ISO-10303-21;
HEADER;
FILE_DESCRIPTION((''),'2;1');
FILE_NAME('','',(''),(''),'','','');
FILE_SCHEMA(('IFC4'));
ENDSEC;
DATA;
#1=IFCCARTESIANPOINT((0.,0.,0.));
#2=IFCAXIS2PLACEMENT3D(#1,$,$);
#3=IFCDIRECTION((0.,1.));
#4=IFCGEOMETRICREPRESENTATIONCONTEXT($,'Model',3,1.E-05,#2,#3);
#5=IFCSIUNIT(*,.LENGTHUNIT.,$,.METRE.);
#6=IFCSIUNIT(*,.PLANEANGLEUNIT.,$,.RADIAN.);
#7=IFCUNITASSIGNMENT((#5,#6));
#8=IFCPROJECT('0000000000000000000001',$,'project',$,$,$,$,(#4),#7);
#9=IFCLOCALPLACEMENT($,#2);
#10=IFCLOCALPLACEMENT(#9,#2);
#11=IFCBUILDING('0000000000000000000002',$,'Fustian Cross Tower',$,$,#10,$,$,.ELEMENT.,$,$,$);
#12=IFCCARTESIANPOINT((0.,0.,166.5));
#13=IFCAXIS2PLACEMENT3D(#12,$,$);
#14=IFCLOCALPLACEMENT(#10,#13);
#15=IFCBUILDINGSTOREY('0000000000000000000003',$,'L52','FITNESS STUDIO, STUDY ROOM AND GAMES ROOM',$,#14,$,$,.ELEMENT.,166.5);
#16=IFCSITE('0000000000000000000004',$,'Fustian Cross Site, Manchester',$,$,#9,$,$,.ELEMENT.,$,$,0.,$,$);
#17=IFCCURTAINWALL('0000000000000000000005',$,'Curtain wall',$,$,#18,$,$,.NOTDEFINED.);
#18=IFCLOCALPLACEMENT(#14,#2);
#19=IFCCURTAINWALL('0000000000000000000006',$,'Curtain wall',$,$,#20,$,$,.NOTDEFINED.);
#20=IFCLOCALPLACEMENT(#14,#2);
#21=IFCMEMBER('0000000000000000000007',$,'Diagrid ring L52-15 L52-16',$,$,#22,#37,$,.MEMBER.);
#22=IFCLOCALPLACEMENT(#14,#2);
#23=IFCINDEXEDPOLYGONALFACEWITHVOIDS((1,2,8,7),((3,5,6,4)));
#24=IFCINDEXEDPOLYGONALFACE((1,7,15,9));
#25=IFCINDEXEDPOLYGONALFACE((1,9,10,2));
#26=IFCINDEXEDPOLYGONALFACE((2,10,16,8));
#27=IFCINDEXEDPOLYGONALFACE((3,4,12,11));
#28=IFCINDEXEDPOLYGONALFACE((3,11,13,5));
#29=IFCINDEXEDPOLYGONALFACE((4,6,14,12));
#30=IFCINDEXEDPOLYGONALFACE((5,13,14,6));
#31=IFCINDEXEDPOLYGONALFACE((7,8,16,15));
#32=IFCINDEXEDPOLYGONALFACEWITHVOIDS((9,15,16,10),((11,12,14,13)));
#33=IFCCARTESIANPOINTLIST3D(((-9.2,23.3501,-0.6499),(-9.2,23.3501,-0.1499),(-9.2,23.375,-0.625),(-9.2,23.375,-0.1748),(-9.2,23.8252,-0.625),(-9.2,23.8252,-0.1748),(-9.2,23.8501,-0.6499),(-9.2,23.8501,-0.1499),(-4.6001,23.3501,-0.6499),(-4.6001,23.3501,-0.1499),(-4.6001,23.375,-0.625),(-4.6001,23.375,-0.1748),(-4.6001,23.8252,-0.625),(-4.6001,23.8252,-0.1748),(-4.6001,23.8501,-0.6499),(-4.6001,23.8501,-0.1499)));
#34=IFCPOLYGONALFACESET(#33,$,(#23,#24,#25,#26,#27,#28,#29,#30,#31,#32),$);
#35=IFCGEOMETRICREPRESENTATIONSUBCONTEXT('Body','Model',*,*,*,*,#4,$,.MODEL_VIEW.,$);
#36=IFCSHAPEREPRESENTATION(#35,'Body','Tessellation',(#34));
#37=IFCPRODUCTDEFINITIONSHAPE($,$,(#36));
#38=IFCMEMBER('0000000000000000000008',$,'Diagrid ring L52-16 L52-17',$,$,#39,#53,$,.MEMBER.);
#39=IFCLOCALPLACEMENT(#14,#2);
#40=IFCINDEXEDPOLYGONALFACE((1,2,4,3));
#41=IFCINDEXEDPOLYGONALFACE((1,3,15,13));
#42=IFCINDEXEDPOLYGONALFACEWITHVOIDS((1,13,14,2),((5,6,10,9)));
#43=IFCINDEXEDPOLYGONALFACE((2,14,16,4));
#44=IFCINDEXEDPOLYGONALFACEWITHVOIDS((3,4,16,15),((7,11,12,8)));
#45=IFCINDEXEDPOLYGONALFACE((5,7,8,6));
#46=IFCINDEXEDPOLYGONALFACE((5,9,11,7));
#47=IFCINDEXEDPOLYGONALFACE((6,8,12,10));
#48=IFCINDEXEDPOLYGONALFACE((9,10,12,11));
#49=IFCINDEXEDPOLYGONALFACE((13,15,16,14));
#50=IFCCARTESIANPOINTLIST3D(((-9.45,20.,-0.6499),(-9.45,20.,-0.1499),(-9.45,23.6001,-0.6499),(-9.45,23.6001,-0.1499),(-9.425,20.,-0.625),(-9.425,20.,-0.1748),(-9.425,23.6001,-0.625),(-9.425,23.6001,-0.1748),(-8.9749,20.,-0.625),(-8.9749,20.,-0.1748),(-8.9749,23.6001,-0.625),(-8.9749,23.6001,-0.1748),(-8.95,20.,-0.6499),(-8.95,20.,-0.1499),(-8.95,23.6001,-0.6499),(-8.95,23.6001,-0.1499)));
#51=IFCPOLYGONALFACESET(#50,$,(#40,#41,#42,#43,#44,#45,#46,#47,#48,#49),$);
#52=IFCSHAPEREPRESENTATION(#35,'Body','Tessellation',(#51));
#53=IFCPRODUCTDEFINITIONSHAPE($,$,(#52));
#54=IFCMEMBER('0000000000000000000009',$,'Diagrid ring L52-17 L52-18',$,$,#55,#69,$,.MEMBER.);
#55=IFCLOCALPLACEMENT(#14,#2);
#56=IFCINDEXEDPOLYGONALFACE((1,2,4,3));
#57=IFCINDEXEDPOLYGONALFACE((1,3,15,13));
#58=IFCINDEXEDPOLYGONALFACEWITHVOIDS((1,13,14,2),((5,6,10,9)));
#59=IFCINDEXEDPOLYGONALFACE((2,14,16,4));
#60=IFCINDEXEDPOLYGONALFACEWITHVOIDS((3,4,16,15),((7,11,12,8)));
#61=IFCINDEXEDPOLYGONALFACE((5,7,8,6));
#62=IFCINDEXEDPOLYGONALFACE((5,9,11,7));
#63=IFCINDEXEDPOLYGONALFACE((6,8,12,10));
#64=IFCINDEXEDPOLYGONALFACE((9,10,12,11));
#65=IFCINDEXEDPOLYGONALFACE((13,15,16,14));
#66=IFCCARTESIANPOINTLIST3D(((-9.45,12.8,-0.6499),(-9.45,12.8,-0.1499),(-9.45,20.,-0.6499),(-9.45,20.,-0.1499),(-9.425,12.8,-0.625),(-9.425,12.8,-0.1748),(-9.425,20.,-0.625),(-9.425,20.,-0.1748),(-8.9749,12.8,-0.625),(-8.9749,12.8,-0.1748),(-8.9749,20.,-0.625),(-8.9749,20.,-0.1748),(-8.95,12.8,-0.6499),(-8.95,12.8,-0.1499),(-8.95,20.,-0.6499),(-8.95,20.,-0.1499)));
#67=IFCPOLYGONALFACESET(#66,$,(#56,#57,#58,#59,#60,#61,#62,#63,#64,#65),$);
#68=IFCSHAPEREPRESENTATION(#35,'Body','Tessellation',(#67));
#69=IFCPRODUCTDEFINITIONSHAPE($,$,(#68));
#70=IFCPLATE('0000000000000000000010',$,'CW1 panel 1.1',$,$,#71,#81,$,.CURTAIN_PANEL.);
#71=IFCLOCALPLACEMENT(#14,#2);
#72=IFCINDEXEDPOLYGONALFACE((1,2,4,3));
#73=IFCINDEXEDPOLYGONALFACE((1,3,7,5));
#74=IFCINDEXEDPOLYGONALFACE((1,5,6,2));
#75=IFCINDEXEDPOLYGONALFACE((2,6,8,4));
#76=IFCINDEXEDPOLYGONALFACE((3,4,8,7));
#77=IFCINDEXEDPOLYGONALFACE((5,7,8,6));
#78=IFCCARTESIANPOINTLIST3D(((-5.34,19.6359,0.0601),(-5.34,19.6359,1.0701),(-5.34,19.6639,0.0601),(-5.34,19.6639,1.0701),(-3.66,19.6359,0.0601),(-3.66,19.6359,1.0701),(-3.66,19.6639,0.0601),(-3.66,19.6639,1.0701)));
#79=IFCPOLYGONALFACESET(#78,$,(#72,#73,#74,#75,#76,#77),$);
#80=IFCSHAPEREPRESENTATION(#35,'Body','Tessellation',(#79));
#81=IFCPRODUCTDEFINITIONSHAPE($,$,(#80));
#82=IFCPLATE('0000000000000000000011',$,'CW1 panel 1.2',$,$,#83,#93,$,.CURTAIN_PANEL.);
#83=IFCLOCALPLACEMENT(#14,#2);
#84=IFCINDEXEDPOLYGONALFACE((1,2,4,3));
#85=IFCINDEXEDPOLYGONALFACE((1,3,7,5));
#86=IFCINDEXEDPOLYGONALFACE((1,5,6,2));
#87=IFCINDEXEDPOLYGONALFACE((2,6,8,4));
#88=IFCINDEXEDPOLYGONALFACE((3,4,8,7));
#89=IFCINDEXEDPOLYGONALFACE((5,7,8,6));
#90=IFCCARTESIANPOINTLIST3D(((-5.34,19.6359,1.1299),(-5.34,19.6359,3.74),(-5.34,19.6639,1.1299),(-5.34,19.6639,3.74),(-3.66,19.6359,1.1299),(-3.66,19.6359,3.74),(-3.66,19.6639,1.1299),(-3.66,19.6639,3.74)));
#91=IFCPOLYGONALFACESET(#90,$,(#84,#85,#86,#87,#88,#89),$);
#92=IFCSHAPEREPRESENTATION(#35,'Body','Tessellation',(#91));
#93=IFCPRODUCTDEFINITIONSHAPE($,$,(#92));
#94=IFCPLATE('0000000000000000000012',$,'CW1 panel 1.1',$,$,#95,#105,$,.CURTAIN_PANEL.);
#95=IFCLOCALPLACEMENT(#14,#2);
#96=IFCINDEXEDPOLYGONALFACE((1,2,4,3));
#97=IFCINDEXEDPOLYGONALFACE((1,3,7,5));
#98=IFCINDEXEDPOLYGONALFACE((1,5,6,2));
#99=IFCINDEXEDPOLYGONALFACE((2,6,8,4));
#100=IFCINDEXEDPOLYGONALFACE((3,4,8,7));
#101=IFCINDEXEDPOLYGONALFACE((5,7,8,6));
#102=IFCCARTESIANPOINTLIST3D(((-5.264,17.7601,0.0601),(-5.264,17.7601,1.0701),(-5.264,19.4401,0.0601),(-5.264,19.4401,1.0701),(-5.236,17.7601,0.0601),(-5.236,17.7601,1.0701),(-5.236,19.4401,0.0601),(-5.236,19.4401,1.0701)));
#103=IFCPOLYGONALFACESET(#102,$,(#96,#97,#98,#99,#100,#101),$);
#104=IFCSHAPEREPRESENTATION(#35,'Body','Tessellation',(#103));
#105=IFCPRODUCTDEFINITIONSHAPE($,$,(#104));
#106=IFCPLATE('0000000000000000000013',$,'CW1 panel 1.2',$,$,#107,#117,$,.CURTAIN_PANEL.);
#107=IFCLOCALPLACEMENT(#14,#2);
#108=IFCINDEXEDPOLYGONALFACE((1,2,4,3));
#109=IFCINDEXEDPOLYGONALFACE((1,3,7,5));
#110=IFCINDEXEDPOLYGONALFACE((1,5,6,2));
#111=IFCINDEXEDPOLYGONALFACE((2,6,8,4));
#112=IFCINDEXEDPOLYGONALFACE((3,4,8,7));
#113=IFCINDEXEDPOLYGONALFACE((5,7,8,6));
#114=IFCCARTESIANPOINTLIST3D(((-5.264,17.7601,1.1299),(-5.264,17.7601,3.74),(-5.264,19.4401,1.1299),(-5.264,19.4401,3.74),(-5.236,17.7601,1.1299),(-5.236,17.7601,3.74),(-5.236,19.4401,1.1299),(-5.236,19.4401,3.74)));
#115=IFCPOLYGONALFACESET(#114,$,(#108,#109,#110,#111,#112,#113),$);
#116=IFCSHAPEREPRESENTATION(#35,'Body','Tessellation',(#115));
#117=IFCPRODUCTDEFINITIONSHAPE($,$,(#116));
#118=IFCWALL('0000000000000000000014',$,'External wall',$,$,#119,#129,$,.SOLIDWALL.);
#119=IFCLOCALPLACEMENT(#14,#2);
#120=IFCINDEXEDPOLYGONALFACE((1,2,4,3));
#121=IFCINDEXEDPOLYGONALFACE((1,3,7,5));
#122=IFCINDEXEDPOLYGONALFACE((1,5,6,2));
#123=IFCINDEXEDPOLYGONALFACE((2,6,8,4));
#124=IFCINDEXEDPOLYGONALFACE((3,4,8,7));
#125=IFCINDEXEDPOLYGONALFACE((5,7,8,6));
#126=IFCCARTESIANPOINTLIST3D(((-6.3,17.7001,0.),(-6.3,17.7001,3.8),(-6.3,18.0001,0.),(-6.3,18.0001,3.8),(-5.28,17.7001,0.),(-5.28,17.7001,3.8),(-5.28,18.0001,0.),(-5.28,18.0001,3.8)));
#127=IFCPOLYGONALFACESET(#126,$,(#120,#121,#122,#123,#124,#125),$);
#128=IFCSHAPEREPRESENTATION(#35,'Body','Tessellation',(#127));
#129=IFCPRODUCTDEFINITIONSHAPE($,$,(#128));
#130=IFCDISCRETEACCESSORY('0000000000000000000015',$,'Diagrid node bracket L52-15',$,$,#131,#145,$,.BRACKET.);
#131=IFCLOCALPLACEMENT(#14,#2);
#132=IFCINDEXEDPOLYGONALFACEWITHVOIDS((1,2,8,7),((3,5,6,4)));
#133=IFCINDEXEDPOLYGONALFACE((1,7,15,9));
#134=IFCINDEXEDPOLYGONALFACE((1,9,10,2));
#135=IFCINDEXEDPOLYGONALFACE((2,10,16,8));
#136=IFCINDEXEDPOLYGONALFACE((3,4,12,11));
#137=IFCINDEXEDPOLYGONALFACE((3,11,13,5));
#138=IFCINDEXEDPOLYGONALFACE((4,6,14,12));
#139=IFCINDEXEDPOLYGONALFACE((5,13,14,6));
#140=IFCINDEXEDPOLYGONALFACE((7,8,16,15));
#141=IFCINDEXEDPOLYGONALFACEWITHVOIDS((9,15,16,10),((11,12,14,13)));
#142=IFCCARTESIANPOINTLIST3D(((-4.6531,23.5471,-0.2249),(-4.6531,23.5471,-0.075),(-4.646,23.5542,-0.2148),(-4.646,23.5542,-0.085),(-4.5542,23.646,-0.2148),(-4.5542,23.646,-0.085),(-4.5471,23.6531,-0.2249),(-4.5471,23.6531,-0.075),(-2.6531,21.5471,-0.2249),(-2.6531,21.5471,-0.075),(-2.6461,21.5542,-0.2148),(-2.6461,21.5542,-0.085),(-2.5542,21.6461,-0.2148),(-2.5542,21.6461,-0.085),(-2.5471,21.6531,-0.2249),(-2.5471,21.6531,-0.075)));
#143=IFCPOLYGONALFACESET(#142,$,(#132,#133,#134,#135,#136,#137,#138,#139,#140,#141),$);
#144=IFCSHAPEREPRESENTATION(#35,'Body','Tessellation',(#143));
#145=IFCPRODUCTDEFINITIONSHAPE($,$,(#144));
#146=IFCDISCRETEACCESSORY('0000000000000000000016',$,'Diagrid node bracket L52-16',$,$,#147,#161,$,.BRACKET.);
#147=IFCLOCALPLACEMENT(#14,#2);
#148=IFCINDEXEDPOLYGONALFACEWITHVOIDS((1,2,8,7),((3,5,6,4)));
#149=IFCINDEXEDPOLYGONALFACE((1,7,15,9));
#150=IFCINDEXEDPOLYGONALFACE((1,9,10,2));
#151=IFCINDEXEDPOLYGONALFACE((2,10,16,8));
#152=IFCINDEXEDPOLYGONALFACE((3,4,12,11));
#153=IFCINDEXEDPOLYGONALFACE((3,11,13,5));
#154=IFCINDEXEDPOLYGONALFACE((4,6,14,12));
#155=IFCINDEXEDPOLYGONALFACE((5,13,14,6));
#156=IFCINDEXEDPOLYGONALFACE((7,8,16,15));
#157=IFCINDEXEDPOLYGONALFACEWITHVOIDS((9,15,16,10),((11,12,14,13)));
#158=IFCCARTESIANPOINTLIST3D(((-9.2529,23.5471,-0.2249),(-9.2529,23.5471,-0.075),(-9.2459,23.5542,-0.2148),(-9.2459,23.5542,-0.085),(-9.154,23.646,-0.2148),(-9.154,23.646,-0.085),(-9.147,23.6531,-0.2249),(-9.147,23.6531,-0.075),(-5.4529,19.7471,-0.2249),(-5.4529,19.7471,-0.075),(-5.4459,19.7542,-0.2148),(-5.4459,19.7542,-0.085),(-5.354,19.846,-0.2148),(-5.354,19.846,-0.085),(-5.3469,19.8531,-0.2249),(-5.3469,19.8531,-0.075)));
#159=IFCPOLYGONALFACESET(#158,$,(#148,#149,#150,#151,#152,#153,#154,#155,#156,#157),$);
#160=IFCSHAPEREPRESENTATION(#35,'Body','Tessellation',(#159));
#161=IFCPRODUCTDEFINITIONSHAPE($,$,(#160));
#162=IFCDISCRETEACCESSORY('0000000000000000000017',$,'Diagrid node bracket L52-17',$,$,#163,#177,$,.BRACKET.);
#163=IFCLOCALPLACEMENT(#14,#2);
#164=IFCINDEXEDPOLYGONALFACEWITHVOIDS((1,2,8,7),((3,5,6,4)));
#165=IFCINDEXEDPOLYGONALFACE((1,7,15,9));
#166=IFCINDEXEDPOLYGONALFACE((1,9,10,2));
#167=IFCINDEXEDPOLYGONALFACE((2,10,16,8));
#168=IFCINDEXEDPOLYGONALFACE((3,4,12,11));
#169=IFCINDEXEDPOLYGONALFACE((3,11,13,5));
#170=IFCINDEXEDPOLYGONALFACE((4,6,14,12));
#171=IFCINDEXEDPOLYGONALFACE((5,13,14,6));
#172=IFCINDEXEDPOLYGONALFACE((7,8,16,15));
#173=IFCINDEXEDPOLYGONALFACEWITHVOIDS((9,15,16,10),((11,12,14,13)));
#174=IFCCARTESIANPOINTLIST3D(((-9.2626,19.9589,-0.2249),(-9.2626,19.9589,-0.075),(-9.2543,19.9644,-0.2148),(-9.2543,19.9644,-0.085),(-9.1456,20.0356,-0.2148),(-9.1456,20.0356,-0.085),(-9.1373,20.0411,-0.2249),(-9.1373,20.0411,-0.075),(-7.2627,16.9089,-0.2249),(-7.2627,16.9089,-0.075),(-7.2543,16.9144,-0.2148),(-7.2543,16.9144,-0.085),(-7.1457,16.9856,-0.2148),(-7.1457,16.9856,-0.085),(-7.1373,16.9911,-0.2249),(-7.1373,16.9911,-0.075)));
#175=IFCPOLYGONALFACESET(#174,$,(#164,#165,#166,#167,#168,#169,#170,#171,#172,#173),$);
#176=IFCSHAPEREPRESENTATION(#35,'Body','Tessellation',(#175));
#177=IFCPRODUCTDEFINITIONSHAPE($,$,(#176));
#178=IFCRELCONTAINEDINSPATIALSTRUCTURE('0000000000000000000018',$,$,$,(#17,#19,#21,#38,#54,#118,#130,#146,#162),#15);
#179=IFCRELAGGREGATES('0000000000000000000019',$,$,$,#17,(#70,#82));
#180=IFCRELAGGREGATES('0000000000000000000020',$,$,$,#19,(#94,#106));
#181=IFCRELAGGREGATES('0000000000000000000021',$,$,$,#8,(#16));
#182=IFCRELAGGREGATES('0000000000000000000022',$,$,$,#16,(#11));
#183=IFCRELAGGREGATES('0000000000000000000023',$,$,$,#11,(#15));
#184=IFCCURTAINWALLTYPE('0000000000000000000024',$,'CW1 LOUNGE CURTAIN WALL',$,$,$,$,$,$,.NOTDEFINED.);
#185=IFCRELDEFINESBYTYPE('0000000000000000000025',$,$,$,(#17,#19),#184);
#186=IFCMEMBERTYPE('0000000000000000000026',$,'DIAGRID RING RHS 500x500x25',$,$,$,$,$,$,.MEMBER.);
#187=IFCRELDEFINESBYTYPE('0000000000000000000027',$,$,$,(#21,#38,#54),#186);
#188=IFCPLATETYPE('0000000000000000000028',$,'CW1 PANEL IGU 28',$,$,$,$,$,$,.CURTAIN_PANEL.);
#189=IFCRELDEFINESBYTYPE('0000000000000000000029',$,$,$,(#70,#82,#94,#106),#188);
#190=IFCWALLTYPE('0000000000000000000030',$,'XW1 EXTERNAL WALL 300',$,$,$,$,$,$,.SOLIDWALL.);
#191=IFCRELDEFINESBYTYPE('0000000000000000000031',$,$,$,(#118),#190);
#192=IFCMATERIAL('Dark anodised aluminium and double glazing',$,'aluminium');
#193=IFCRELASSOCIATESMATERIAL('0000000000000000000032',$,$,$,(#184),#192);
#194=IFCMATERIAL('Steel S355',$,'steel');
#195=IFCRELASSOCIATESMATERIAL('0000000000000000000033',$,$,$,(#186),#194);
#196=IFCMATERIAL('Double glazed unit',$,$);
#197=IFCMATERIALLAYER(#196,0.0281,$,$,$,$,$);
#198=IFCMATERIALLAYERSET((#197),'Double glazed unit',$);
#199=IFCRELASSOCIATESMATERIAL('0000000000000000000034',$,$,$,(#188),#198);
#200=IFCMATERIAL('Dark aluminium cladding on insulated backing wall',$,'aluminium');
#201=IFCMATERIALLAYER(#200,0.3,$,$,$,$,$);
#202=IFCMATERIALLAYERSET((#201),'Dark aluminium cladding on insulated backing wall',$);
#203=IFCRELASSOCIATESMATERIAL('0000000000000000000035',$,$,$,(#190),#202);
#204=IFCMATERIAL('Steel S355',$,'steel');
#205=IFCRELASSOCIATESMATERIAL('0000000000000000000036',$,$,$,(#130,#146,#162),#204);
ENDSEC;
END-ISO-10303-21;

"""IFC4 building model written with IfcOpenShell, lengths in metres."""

from ifc_helpers import new_model, si_unit, direction, frame, frame_2d, origin, origin_2d, place, context, subcontext, project, spatial, rectangle, hollow_rectangle, extrude, material, layer, layer_set, material_profile, profile_set, type_object, element, aggregate, save


model = new_model("IFC4")

# Units and contexts
model_context = context("Model", 3, precision=1e-05, world=origin(), true_north=direction((0.0, 1.0)))
body_context = subcontext(model_context, "Body", "Model", "MODEL_VIEW")
ifc_project = project(units=[si_unit("LENGTHUNIT", "METRE"), si_unit("PLANEANGLEUNIT", "RADIAN")], contexts=[model_context])

# Site, building, storey
site_placement = place(None, origin())
site = spatial("IfcSite", under=ifc_project, at=site_placement, Name="Fustian Cross Site, Manchester", CompositionType="ELEMENT", RefElevation=0.0)
building_placement = place(site_placement, origin())
building = spatial("IfcBuilding", under=site, at=building_placement, Name="Fustian Cross Tower", CompositionType="ELEMENT")
storey_placement = place(building_placement, frame((0.0, 0.0, 166.5)))
storey = spatial("IfcBuildingStorey", under=building, at=storey_placement, Name="L52", Description="FITNESS STUDIO, STUDY ROOM AND GAMES ROOM", CompositionType="ELEMENT", Elevation=166.5)

# Curtain wall
ifc_material_1 = material(Name="Dark anodised aluminium and double glazing", Category="aluminium")
curtain_wall_type = type_object("IfcCurtainWallType", Name="CW1 LOUNGE CURTAIN WALL", PredefinedType="NOTDEFINED", material=ifc_material_1)
curtain_wall_1_placement = place(storey_placement, origin())
curtain_wall_1 = element("IfcCurtainWall", 1, at=curtain_wall_1_placement, inside=storey, type_object=curtain_wall_type, Name="Curtain wall", PredefinedType="NOTDEFINED")

# Curtain wall
curtain_wall_2_placement = place(storey_placement, origin())
curtain_wall_2 = element("IfcCurtainWall", 2, at=curtain_wall_2_placement, inside=storey, type_object=curtain_wall_type, Name="Curtain wall", PredefinedType="NOTDEFINED")

# Members
ifc_material_2 = material(Name="Steel S355", Category="steel")
ifc_material_profile_1 = material_profile(ifc_material_2, hollow_rectangle(XDim=0.5, YDim=0.5, WallThickness=0.0249, at=origin_2d()), Name="RHS 500x500x25")
ifc_profile_set_1 = profile_set([ifc_material_profile_1], Name="Steel S355")
member_type_1 = type_object("IfcMemberType", Name="DIAGRID RING RHS 500x500x25", PredefinedType="MEMBER", material=ifc_profile_set_1)
member_1_placement = place(storey_placement, frame((-4.6001, 23.6001, -0.3999), z_axis=(-1.0, 0.0, 0.0), x_axis=(0.0, -1.0, 0.0)))
element("IfcMember", 3, at=member_1_placement, inside=storey, type_object=member_type_1, Name="Diagrid ring L52-15 L52-16", PredefinedType="MEMBER", context=body_context, shape_type="SweptSolid", body=[
    extrude(hollow_rectangle(XDim=0.5, YDim=0.5, WallThickness=0.0249, at=origin_2d()), origin(), (0.0, 0.0, 1.0), 4.5999),
])
member_2_placement = place(storey_placement, frame((-9.2, 23.6001, -0.3999), z_axis=(0.0, -1.0, 0.0), x_axis=(1.0, 0.0, 0.0)))
element("IfcMember", 4, at=member_2_placement, inside=storey, type_object=member_type_1, Name="Diagrid ring L52-16 L52-17", PredefinedType="MEMBER", context=body_context, shape_type="SweptSolid", body=[
    extrude(hollow_rectangle(XDim=0.5, YDim=0.5, WallThickness=0.0249, at=origin_2d()), origin(), (0.0, 0.0, 1.0), 3.6001),
])
member_3_placement = place(storey_placement, frame((-9.2, 20.0, -0.3999), z_axis=(0.0, -1.0, 0.0), x_axis=(1.0, 0.0, 0.0)))
element("IfcMember", 5, at=member_3_placement, inside=storey, type_object=member_type_1, Name="Diagrid ring L52-17 L52-18", PredefinedType="MEMBER", context=body_context, shape_type="SweptSolid", body=[
    extrude(hollow_rectangle(XDim=0.5, YDim=0.5, WallThickness=0.0249, at=origin_2d()), origin(), (0.0, 0.0, 1.0), 7.2),
])

# Plates
ifc_material_3 = material(Name="Double glazed unit")
ifc_layer_1 = layer(ifc_material_3, 0.0281)
ifc_layer_set_1 = layer_set([ifc_layer_1], Name="Double glazed unit")
plate_type = type_object("IfcPlateType", Name="CW1 PANEL IGU 28", PredefinedType="CURTAIN_PANEL", material=ifc_layer_set_1)
plate_1_placement = place(storey_placement, frame((-4.5, 19.6499, 0.0601), z_axis=(0.0, 0.0, 1.0), x_axis=(-1.0, 0.0, 0.0)))
plate_1 = element("IfcPlate", 6, at=plate_1_placement, type_object=plate_type, Name="CW1 panel 1.1", PredefinedType="CURTAIN_PANEL", context=body_context, shape_type="SweptSolid", body=[
    extrude(rectangle(XDim=1.6799, YDim=0.0281, at=origin_2d()), origin(), (0.0, 0.0, 1.0), 1.01),
])
plate_2_placement = place(storey_placement, frame((-4.5, 19.6499, 1.1299), z_axis=(0.0, 0.0, 1.0), x_axis=(-1.0, 0.0, 0.0)))
plate_2 = element("IfcPlate", 7, at=plate_2_placement, type_object=plate_type, Name="CW1 panel 1.2", PredefinedType="CURTAIN_PANEL", context=body_context, shape_type="SweptSolid", body=[
    extrude(rectangle(XDim=1.6799, YDim=0.0281, at=origin_2d()), origin(), (0.0, 0.0, 1.0), 2.6101),
])
aggregate(curtain_wall_1, [plate_1, plate_2])
plate_3_placement = place(storey_placement, frame((-5.25, 18.6001, 0.0601), z_axis=(0.0, 0.0, 1.0), x_axis=(0.0, -1.0, 0.0)))
plate_3 = element("IfcPlate", 8, at=plate_3_placement, type_object=plate_type, Name="CW1 panel 1.1", PredefinedType="CURTAIN_PANEL", context=body_context, shape_type="SweptSolid", body=[
    extrude(rectangle(XDim=1.6799, YDim=0.0281, at=origin_2d()), origin(), (0.0, 0.0, 1.0), 1.01),
])
plate_4_placement = place(storey_placement, frame((-5.25, 18.6001, 1.1299), z_axis=(0.0, 0.0, 1.0), x_axis=(0.0, -1.0, 0.0)))
plate_4 = element("IfcPlate", 9, at=plate_4_placement, type_object=plate_type, Name="CW1 panel 1.2", PredefinedType="CURTAIN_PANEL", context=body_context, shape_type="SweptSolid", body=[
    extrude(rectangle(XDim=1.6799, YDim=0.0281, at=origin_2d()), origin(), (0.0, 0.0, 1.0), 2.6101),
])
aggregate(curtain_wall_2, [plate_3, plate_4])

# Wall
ifc_material_4 = material(Name="Dark aluminium cladding on insulated backing wall", Category="aluminium")
ifc_layer_2 = layer(ifc_material_4, 0.3)
ifc_layer_set_2 = layer_set([ifc_layer_2], Name="Dark aluminium cladding on insulated backing wall")
wall_type = type_object("IfcWallType", Name="XW1 EXTERNAL WALL 300", PredefinedType="SOLIDWALL", material=ifc_layer_set_2)
wall_placement = place(storey_placement, frame((-5.28, 17.8501, 0.0), z_axis=(0.0, 0.0, 1.0), x_axis=(-1.0, 0.0, 0.0)))
element("IfcWall", 10, at=wall_placement, inside=storey, type_object=wall_type, Name="External wall", PredefinedType="SOLIDWALL", context=body_context, shape_type="SweptSolid", body=[
    extrude(rectangle(XDim=1.02, YDim=0.3, at=frame_2d((0.51, 0.0))), origin(), (0.0, 0.0, 1.0), 3.8),
])

# Discrete accessories
ifc_material_5 = material(Name="Steel S355", Category="steel")
discrete_accessory_1_placement = place(storey_placement, frame((-4.6001, 23.6001, -0.1499), z_axis=(0.707107, -0.707107, 0.0), x_axis=(0.707107, 0.707107, 0.0)))
element("IfcDiscreteAccessory", 11, at=discrete_accessory_1_placement, inside=storey, material=ifc_material_5, Name="Diagrid node bracket L52-15", PredefinedType="BRACKET", context=body_context, shape_type="SweptSolid", body=[
    extrude(hollow_rectangle(XDim=0.1499, YDim=0.1499, WallThickness=0.01, at=origin_2d()), origin(), (0.0, 0.0, 1.0), 2.8284),
])
discrete_accessory_2_placement = place(storey_placement, frame((-9.2, 23.6001, -0.1499), z_axis=(0.707107, -0.707107, 0.0), x_axis=(0.707107, 0.707107, 0.0)))
element("IfcDiscreteAccessory", 12, at=discrete_accessory_2_placement, inside=storey, material=ifc_material_5, Name="Diagrid node bracket L52-16", PredefinedType="BRACKET", context=body_context, shape_type="SweptSolid", body=[
    extrude(hollow_rectangle(XDim=0.1499, YDim=0.1499, WallThickness=0.01, at=origin_2d()), origin(), (0.0, 0.0, 1.0), 5.374),
])
discrete_accessory_3_placement = place(storey_placement, frame((-9.2, 20.0, -0.1499), z_axis=(0.548351, -0.836248, 0.0), x_axis=(0.836248, 0.548351, 0.0)))
element("IfcDiscreteAccessory", 13, at=discrete_accessory_3_placement, inside=storey, material=ifc_material_5, Name="Diagrid node bracket L52-17", PredefinedType="BRACKET", context=body_context, shape_type="SweptSolid", body=[
    extrude(hollow_rectangle(XDim=0.1499, YDim=0.1499, WallThickness=0.01, at=origin_2d()), origin(), (0.0, 0.0, 1.0), 3.6472),
])

save(model, "model.ifc")
